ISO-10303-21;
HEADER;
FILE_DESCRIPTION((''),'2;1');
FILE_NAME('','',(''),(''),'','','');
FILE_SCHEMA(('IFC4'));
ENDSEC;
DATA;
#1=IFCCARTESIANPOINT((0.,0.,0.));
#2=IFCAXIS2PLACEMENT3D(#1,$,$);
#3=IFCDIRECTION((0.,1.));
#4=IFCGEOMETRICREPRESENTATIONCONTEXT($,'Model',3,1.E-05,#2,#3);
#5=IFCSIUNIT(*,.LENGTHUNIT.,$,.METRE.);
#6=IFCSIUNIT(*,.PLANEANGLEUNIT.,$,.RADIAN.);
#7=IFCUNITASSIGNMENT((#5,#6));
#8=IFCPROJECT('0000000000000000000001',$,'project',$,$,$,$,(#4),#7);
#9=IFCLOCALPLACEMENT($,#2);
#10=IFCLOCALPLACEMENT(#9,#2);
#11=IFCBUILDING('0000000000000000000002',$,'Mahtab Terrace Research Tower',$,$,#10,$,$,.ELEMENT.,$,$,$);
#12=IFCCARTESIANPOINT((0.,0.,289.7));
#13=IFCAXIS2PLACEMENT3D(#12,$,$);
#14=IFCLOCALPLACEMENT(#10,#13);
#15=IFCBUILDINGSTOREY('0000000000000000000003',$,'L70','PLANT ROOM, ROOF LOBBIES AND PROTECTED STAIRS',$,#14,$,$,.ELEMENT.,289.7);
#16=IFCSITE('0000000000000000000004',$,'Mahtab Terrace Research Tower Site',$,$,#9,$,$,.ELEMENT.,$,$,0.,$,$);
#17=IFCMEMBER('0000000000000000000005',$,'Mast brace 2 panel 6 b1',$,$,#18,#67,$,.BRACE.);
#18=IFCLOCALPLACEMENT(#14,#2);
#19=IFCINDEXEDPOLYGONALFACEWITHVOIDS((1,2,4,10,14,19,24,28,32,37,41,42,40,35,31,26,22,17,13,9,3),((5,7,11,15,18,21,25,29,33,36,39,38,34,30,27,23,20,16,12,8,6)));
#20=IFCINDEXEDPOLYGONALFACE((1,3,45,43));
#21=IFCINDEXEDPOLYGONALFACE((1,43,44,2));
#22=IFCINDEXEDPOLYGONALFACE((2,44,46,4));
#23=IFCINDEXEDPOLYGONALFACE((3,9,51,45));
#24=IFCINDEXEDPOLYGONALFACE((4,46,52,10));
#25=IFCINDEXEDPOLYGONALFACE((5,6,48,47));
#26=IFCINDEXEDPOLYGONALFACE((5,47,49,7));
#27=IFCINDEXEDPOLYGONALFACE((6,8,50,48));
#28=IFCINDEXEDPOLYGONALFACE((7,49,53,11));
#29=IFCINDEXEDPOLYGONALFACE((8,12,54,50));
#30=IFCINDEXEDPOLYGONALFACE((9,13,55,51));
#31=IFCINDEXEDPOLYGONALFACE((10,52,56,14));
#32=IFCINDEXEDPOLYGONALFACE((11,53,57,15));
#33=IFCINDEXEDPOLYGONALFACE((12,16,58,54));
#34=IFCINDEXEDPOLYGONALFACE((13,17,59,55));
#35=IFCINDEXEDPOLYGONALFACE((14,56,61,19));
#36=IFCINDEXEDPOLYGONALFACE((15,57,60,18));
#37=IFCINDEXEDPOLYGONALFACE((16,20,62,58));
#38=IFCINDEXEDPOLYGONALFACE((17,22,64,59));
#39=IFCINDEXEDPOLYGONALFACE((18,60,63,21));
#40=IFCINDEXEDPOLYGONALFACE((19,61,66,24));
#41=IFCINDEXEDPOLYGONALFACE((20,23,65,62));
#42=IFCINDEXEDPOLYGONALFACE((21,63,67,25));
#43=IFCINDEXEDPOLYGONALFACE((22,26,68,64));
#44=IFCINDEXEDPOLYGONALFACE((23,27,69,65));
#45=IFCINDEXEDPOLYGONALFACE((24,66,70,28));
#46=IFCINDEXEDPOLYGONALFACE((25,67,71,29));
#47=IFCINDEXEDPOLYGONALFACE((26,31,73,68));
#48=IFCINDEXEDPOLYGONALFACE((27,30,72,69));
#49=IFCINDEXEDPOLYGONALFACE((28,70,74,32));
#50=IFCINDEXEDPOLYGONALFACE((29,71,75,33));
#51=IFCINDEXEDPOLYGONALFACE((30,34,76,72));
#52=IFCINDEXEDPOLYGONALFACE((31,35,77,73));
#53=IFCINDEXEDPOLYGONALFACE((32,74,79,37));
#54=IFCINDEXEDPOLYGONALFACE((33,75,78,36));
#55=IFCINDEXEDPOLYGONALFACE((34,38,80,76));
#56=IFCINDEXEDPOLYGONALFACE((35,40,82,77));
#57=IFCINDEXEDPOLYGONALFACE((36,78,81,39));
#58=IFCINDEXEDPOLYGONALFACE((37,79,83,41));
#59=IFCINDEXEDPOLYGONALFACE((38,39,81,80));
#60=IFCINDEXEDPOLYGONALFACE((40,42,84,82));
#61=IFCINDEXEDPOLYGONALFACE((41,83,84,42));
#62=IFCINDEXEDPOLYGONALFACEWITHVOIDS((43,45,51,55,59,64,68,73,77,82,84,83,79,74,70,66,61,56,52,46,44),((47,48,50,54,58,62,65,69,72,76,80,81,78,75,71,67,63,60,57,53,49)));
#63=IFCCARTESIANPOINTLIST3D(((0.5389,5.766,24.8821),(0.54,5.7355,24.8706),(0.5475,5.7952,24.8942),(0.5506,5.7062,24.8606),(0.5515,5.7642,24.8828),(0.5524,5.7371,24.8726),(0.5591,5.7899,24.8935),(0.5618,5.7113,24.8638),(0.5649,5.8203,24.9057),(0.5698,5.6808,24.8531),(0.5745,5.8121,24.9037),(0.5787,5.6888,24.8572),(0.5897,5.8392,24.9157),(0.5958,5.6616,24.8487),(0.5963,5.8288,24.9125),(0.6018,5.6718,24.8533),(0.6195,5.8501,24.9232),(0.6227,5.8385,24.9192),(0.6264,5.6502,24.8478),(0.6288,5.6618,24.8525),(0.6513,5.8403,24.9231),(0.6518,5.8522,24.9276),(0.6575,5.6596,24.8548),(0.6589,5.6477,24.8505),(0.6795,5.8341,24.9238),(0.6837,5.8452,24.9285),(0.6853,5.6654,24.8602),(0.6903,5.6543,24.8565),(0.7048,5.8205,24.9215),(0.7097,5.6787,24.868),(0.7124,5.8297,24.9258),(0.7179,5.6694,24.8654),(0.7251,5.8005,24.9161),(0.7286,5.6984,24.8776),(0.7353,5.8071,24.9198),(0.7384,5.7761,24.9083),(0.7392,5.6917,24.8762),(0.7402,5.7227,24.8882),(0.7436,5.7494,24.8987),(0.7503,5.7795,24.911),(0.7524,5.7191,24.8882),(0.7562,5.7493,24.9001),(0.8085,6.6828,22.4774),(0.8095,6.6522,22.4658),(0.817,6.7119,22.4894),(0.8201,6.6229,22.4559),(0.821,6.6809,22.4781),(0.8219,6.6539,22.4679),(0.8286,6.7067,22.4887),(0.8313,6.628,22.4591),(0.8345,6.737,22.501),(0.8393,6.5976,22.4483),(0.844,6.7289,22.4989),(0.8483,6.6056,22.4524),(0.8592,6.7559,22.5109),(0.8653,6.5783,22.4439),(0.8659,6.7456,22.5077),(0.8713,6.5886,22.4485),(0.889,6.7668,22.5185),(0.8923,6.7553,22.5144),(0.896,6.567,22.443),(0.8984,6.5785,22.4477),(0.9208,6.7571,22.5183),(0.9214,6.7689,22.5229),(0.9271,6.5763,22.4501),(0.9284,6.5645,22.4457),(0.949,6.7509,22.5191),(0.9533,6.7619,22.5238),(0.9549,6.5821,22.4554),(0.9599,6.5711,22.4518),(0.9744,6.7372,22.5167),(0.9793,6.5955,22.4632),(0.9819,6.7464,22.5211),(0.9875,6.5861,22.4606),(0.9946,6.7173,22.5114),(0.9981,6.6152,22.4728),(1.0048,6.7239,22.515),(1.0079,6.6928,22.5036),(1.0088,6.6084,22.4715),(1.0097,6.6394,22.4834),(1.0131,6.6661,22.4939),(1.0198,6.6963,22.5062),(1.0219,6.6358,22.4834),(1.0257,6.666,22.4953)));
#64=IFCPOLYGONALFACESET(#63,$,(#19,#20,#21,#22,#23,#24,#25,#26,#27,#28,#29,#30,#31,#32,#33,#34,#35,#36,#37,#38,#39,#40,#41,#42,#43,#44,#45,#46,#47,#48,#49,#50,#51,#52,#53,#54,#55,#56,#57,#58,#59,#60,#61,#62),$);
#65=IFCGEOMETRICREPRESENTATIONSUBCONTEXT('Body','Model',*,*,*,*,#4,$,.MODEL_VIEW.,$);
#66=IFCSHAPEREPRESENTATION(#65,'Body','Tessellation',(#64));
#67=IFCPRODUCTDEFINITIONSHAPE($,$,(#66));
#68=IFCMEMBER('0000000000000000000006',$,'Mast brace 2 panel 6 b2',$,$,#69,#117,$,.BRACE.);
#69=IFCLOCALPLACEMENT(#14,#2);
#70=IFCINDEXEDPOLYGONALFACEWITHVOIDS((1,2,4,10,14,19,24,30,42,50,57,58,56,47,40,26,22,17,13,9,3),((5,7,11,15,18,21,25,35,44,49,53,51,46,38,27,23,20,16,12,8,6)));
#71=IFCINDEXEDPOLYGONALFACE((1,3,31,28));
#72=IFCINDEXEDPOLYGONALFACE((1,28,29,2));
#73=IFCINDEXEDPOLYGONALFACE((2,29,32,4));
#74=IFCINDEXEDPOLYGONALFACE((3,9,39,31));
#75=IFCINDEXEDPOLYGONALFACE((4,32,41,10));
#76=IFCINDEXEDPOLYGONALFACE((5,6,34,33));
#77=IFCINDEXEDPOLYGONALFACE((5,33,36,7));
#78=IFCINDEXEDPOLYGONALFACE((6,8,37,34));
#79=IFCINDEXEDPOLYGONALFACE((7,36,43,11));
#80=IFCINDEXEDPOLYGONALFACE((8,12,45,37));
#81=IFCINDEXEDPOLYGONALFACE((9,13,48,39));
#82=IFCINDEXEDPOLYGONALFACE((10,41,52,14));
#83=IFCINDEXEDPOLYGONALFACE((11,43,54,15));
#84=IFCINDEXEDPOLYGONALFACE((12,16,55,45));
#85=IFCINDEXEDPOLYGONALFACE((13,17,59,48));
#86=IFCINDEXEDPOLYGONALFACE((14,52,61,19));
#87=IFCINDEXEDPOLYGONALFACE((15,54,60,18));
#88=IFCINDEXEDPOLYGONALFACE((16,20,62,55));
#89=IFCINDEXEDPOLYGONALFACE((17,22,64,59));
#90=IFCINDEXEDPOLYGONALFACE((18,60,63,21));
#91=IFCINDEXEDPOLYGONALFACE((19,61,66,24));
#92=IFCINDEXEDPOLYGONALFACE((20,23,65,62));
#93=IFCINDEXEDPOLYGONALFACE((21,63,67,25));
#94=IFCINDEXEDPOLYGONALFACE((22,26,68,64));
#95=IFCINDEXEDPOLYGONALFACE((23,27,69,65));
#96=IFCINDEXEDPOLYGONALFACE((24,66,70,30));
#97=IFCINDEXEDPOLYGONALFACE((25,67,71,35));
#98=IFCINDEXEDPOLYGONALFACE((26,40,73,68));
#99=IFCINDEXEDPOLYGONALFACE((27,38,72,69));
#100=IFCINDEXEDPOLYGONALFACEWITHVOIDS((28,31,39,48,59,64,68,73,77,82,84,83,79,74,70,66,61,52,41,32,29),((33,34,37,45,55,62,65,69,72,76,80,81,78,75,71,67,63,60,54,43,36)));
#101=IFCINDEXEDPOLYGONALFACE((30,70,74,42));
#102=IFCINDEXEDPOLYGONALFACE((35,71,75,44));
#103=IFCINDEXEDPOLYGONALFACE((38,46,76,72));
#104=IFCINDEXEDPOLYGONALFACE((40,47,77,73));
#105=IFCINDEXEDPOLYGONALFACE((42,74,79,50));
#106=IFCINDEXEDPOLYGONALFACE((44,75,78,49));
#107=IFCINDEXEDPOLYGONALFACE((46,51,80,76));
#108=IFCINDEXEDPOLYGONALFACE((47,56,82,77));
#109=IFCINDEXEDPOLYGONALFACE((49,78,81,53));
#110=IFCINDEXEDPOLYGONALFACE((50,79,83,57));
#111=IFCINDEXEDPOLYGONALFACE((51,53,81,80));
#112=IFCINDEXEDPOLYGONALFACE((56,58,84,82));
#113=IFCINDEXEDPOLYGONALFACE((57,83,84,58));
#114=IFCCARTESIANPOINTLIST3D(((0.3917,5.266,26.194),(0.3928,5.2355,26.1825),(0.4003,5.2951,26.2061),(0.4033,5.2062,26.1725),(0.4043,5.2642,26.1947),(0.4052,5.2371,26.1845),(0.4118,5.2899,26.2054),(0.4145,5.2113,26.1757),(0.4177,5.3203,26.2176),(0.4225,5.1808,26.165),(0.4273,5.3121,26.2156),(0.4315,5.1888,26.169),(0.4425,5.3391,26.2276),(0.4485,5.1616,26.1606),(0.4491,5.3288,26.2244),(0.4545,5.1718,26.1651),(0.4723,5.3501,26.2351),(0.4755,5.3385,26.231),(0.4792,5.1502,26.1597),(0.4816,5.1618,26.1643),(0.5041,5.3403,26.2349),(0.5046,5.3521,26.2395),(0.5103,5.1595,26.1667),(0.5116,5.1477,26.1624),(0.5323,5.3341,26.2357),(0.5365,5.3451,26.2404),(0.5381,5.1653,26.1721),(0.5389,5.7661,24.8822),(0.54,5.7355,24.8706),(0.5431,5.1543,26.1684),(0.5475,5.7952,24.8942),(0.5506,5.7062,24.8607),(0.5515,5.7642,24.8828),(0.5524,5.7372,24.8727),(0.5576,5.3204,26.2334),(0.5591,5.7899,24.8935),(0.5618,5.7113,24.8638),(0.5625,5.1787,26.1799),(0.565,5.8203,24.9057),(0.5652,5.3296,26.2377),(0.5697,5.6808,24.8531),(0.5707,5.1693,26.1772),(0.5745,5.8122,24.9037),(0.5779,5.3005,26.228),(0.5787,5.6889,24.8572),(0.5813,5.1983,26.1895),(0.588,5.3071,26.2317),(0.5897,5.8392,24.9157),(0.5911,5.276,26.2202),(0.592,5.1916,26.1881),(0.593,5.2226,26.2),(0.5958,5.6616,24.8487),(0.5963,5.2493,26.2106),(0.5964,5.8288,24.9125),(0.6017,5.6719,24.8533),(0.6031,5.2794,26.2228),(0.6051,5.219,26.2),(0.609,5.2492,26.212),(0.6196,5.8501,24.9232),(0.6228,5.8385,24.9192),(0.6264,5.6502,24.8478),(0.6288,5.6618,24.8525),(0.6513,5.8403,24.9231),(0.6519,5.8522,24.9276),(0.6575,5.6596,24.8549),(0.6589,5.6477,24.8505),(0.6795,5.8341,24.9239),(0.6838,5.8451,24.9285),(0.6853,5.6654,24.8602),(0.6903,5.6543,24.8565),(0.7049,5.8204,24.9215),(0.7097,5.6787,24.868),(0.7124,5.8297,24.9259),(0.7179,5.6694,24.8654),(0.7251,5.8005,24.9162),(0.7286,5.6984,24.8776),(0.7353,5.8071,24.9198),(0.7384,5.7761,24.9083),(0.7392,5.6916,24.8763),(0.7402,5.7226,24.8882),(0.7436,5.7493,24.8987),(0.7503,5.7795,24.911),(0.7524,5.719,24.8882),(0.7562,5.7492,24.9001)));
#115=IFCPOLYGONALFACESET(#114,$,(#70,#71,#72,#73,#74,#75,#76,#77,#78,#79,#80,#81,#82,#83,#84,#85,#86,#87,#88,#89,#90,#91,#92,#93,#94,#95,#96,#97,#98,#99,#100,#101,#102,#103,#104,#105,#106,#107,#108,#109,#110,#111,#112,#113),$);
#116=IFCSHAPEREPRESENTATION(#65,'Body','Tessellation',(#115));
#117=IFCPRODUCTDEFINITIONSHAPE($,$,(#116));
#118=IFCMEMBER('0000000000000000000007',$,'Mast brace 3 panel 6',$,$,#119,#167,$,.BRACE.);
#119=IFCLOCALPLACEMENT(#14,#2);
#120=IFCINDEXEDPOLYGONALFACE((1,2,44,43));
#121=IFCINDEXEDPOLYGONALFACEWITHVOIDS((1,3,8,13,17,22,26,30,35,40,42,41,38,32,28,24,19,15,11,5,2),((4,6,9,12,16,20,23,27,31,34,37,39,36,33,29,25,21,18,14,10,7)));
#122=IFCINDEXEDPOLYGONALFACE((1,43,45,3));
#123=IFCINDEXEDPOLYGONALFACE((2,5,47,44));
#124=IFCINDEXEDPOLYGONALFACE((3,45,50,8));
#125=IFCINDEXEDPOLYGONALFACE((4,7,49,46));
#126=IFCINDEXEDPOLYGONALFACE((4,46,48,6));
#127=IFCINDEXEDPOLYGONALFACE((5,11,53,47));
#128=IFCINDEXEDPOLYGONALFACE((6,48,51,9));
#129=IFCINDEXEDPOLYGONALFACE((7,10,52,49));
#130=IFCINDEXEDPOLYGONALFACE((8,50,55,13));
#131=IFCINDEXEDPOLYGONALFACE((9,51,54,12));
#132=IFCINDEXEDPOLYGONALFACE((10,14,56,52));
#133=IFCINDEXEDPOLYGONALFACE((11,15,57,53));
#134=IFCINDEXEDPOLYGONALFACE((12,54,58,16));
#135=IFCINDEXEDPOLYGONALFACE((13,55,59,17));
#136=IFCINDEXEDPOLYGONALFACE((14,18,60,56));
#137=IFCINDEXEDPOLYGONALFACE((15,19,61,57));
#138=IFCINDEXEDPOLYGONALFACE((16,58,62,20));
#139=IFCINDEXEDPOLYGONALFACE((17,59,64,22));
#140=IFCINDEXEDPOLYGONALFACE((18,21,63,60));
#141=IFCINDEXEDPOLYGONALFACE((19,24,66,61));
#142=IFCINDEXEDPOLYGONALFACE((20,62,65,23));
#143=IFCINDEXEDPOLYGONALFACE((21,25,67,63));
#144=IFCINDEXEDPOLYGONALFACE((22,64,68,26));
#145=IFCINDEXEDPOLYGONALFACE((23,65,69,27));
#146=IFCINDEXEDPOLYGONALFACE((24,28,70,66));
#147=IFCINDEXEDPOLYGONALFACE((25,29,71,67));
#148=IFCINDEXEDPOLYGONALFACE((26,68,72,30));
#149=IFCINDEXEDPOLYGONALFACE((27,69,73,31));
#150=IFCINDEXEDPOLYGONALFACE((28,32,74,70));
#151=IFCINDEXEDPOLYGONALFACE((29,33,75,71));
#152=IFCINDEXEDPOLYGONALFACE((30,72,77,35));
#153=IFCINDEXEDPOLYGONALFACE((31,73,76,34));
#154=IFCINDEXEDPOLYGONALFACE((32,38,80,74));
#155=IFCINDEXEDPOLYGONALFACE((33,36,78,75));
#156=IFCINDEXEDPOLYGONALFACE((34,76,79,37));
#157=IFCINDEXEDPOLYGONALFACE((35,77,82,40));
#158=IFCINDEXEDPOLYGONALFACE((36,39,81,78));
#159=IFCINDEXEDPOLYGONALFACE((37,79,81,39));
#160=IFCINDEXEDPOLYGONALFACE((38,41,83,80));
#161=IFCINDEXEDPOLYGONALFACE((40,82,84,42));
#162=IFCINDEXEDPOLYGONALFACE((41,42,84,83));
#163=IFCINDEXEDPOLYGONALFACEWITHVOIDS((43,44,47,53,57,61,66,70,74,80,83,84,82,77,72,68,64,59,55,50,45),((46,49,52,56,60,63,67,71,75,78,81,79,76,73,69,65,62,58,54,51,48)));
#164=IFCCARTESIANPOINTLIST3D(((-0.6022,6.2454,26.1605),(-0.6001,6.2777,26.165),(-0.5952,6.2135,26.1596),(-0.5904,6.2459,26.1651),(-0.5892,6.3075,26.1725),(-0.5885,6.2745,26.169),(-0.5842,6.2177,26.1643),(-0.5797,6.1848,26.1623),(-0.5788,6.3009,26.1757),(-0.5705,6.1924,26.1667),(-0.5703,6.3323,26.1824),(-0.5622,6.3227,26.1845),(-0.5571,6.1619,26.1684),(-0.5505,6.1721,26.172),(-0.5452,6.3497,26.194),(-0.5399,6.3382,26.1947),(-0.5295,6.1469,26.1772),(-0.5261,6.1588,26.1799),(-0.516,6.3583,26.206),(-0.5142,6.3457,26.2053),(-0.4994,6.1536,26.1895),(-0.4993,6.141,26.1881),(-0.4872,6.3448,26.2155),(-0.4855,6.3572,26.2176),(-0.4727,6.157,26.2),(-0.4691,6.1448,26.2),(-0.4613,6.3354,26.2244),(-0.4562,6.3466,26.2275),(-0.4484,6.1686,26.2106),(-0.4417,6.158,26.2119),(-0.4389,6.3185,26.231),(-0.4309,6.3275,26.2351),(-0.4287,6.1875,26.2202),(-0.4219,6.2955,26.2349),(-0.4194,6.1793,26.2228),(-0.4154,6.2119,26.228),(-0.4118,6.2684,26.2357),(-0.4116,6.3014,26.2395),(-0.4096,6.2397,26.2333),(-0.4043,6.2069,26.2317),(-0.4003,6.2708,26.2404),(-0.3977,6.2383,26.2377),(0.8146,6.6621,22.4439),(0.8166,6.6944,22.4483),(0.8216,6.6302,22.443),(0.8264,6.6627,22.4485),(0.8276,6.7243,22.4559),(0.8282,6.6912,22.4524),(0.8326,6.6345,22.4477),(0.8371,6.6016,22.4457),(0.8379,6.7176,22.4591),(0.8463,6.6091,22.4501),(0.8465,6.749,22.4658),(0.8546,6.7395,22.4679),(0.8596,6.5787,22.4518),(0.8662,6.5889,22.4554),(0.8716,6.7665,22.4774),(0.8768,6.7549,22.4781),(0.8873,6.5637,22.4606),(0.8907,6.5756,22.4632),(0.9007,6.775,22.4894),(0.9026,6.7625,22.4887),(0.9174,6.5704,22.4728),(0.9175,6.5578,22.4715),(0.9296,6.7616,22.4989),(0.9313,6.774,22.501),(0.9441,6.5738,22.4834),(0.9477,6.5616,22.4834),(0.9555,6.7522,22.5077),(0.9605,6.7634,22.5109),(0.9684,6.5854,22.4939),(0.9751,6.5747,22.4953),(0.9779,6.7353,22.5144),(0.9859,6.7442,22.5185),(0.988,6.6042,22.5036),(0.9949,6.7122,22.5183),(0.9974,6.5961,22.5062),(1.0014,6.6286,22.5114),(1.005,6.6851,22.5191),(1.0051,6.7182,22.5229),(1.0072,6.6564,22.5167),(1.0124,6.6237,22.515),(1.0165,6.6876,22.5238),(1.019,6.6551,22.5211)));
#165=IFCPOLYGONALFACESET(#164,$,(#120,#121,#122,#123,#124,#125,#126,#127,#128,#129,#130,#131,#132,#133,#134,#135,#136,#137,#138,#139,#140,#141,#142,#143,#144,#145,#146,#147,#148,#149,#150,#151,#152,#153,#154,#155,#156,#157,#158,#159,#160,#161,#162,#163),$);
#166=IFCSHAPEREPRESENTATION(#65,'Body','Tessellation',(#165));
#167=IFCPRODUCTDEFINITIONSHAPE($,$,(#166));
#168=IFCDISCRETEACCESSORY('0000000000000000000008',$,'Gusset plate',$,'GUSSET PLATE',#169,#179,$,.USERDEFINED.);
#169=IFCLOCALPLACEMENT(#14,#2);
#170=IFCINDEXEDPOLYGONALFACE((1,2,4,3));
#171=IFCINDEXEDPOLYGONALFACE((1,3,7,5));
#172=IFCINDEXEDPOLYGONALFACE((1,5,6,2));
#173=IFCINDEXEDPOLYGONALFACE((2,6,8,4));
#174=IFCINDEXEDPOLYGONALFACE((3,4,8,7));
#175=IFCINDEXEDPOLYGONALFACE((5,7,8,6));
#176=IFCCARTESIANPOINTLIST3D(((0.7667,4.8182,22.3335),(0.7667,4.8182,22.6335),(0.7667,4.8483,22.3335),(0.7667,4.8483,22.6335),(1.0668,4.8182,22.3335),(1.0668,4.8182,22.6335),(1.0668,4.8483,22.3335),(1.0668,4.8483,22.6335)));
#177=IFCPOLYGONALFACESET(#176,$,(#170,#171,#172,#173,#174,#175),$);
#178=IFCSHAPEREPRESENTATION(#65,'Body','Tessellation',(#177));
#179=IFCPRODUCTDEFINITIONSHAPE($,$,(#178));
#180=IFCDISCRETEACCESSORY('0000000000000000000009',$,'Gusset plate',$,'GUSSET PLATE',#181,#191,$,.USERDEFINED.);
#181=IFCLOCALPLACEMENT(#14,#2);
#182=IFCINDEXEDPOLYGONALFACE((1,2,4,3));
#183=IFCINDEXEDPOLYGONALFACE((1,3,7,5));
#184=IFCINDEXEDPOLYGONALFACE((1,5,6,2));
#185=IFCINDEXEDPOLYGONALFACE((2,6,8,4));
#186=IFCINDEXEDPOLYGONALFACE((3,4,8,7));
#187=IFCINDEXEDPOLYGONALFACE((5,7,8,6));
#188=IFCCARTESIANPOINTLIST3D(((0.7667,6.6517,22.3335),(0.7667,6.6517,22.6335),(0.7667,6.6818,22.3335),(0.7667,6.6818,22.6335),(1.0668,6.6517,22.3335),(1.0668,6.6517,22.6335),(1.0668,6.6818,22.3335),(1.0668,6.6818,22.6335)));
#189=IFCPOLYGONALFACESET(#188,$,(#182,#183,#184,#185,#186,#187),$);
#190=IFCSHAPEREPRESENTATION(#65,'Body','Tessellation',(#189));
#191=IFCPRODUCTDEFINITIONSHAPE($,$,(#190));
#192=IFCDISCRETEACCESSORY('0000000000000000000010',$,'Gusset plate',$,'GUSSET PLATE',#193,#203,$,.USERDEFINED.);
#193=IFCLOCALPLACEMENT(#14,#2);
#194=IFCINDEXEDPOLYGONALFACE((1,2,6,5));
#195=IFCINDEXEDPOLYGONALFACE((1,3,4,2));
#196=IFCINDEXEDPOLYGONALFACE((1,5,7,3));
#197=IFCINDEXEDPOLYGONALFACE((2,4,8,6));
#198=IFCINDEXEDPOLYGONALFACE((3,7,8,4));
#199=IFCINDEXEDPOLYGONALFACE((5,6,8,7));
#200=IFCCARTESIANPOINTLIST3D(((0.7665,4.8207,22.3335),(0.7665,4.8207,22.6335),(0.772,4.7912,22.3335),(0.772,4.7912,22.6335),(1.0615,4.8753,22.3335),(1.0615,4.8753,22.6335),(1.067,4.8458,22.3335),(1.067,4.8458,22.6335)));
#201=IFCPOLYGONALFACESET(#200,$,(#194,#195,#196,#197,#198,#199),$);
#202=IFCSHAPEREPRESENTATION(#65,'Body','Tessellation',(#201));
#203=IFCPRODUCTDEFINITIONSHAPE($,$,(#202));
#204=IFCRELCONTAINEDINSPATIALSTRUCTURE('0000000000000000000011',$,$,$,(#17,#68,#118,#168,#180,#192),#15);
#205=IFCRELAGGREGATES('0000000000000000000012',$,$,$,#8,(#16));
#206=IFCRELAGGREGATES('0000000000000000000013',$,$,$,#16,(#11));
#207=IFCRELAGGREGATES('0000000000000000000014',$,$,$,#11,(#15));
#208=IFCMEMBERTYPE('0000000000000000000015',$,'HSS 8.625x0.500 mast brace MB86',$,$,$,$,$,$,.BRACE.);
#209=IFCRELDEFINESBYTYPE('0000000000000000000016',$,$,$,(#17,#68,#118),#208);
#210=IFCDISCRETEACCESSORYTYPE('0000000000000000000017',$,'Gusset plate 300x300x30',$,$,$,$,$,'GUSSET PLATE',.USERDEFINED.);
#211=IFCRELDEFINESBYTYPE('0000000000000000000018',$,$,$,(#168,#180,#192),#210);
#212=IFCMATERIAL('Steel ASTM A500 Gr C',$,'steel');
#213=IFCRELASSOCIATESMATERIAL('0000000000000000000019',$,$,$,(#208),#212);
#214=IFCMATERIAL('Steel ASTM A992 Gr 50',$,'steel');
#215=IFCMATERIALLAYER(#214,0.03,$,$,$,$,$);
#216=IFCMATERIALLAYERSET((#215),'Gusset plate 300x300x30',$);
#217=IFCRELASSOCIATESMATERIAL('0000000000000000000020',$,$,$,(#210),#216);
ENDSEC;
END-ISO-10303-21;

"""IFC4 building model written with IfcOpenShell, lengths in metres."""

from ifc_helpers import new_model, si_unit, direction, frame, origin, origin_2d, place, context, subcontext, project, spatial, rectangle, hollow_circle, extrude, material, layer, layer_set, material_profile, profile_set, type_object, element, save


model = new_model("IFC4")

# Units and contexts
model_context = context("Model", 3, precision=1e-05, world=origin(), true_north=direction((0.0, 1.0)))
body_context = subcontext(model_context, "Body", "Model", "MODEL_VIEW")
ifc_project = project(units=[si_unit("LENGTHUNIT", "METRE"), si_unit("PLANEANGLEUNIT", "RADIAN")], contexts=[model_context])

# Site, building, storey
site_placement = place(None, origin())
site = spatial("IfcSite", under=ifc_project, at=site_placement, Name="Mahtab Terrace Research Tower Site", CompositionType="ELEMENT", RefElevation=0.0)
building_placement = place(site_placement, origin())
building = spatial("IfcBuilding", under=site, at=building_placement, Name="Mahtab Terrace Research Tower", CompositionType="ELEMENT")
storey_placement = place(building_placement, frame((0.0, 0.0, 289.7)))
storey = spatial("IfcBuildingStorey", under=building, at=storey_placement, Name="L70", Description="PLANT ROOM, ROOF LOBBIES AND PROTECTED STAIRS", CompositionType="ELEMENT", Elevation=289.7)

# Members
ifc_material_1 = material(Name="Steel ASTM A500 Gr C", Category="steel")
ifc_material_profile_1 = material_profile(ifc_material_1, hollow_circle(Radius=0.1096, WallThickness=0.0127, at=origin_2d()), Name="HSS8.625X0.500")
ifc_profile_set_1 = profile_set([ifc_material_profile_1], Name="Steel ASTM A500 Gr C")
member_type_1 = type_object("IfcMemberType", Name="HSS 8.625x0.500 mast brace MB86", PredefinedType="BRACE", material=ifc_profile_set_1)
member_1_placement = place(storey_placement, frame((0.9167, 6.6667, 22.4834), z_axis=(-0.10416, -0.354275, 0.929322), x_axis=(0.959394, -0.282069, 0.0)))
element("IfcMember", 1, at=member_1_placement, inside=storey, type_object=member_type_1, Name="Mast brace 2 panel 6 b1", PredefinedType="BRACE", context=body_context, shape_type="SweptSolid", body=[
    extrude(hollow_circle(Radius=0.1096, WallThickness=0.0127, at=origin_2d()), origin(), (0.0, 0.0, 1.0), 2.5876),
])
member_2_placement = place(storey_placement, frame((0.6472, 5.75, 24.8882), z_axis=(-0.104296, -0.354226, 0.929326), x_axis=(0.959283, -0.282445, 0.0)))
element("IfcMember", 2, at=member_2_placement, inside=storey, type_object=member_type_1, Name="Mast brace 2 panel 6 b2", PredefinedType="BRACE", context=body_context, shape_type="SweptSolid", body=[
    extrude(hollow_circle(Radius=0.1096, WallThickness=0.0127, at=origin_2d()), origin(), (0.0, 0.0, 1.0), 1.4116),
])
member_3_placement = place(storey_placement, frame((0.9167, 6.6667, 22.4834), z_axis=(-0.354258, -0.104208, 0.929324), x_axis=(0.282202, -0.959355, 0.0)))
element("IfcMember", 3, at=member_3_placement, inside=storey, type_object=member_type_1, Name="Mast brace 3 panel 6", PredefinedType="BRACE", context=body_context, shape_type="SweptSolid", body=[
    extrude(hollow_circle(Radius=0.1096, WallThickness=0.0127, at=origin_2d()), origin(), (0.0, 0.0, 1.0), 3.9993),
])

# Discrete accessories
ifc_material_2 = material(Name="Steel ASTM A992 Gr 50", Category="steel")
ifc_layer = layer(ifc_material_2, 0.03)
ifc_layer_set = layer_set([ifc_layer], Name="Gusset plate 300x300x30")
discrete_accessory_type = type_object("IfcDiscreteAccessoryType", Name="Gusset plate 300x300x30", ElementType="GUSSET PLATE", PredefinedType="USERDEFINED", material=ifc_layer_set)
for number, where, z_axis, x_axis, name in (
    (4, (0.9167, 4.8333, 22.3335), (0.0, 0.0, 1.0), (1.0, 0.0, 0.0), "Gusset plate"),
    (5, (0.9167, 6.6667, 22.3335), (0.0, 0.0, 1.0), (1.0, 0.0, 0.0), "Gusset plate"),
    (6, (0.9167, 4.8333, 22.3335), (0.0, 0.0, 1.0), (0.983284, 0.182081, 0.0), "Gusset plate"),
):
    element("IfcDiscreteAccessory", number, at=place(storey_placement, frame(where, z_axis=z_axis, x_axis=x_axis)), inside=storey, type_object=discrete_accessory_type, Name=name, ObjectType="GUSSET PLATE", PredefinedType="USERDEFINED", context=body_context, shape_type="SweptSolid", body=[
        extrude(rectangle(XDim=0.3, YDim=0.03, at=origin_2d()), origin(), (0.0, 0.0, 1.0), 0.3),
    ])

save(model, "model.ifc")
